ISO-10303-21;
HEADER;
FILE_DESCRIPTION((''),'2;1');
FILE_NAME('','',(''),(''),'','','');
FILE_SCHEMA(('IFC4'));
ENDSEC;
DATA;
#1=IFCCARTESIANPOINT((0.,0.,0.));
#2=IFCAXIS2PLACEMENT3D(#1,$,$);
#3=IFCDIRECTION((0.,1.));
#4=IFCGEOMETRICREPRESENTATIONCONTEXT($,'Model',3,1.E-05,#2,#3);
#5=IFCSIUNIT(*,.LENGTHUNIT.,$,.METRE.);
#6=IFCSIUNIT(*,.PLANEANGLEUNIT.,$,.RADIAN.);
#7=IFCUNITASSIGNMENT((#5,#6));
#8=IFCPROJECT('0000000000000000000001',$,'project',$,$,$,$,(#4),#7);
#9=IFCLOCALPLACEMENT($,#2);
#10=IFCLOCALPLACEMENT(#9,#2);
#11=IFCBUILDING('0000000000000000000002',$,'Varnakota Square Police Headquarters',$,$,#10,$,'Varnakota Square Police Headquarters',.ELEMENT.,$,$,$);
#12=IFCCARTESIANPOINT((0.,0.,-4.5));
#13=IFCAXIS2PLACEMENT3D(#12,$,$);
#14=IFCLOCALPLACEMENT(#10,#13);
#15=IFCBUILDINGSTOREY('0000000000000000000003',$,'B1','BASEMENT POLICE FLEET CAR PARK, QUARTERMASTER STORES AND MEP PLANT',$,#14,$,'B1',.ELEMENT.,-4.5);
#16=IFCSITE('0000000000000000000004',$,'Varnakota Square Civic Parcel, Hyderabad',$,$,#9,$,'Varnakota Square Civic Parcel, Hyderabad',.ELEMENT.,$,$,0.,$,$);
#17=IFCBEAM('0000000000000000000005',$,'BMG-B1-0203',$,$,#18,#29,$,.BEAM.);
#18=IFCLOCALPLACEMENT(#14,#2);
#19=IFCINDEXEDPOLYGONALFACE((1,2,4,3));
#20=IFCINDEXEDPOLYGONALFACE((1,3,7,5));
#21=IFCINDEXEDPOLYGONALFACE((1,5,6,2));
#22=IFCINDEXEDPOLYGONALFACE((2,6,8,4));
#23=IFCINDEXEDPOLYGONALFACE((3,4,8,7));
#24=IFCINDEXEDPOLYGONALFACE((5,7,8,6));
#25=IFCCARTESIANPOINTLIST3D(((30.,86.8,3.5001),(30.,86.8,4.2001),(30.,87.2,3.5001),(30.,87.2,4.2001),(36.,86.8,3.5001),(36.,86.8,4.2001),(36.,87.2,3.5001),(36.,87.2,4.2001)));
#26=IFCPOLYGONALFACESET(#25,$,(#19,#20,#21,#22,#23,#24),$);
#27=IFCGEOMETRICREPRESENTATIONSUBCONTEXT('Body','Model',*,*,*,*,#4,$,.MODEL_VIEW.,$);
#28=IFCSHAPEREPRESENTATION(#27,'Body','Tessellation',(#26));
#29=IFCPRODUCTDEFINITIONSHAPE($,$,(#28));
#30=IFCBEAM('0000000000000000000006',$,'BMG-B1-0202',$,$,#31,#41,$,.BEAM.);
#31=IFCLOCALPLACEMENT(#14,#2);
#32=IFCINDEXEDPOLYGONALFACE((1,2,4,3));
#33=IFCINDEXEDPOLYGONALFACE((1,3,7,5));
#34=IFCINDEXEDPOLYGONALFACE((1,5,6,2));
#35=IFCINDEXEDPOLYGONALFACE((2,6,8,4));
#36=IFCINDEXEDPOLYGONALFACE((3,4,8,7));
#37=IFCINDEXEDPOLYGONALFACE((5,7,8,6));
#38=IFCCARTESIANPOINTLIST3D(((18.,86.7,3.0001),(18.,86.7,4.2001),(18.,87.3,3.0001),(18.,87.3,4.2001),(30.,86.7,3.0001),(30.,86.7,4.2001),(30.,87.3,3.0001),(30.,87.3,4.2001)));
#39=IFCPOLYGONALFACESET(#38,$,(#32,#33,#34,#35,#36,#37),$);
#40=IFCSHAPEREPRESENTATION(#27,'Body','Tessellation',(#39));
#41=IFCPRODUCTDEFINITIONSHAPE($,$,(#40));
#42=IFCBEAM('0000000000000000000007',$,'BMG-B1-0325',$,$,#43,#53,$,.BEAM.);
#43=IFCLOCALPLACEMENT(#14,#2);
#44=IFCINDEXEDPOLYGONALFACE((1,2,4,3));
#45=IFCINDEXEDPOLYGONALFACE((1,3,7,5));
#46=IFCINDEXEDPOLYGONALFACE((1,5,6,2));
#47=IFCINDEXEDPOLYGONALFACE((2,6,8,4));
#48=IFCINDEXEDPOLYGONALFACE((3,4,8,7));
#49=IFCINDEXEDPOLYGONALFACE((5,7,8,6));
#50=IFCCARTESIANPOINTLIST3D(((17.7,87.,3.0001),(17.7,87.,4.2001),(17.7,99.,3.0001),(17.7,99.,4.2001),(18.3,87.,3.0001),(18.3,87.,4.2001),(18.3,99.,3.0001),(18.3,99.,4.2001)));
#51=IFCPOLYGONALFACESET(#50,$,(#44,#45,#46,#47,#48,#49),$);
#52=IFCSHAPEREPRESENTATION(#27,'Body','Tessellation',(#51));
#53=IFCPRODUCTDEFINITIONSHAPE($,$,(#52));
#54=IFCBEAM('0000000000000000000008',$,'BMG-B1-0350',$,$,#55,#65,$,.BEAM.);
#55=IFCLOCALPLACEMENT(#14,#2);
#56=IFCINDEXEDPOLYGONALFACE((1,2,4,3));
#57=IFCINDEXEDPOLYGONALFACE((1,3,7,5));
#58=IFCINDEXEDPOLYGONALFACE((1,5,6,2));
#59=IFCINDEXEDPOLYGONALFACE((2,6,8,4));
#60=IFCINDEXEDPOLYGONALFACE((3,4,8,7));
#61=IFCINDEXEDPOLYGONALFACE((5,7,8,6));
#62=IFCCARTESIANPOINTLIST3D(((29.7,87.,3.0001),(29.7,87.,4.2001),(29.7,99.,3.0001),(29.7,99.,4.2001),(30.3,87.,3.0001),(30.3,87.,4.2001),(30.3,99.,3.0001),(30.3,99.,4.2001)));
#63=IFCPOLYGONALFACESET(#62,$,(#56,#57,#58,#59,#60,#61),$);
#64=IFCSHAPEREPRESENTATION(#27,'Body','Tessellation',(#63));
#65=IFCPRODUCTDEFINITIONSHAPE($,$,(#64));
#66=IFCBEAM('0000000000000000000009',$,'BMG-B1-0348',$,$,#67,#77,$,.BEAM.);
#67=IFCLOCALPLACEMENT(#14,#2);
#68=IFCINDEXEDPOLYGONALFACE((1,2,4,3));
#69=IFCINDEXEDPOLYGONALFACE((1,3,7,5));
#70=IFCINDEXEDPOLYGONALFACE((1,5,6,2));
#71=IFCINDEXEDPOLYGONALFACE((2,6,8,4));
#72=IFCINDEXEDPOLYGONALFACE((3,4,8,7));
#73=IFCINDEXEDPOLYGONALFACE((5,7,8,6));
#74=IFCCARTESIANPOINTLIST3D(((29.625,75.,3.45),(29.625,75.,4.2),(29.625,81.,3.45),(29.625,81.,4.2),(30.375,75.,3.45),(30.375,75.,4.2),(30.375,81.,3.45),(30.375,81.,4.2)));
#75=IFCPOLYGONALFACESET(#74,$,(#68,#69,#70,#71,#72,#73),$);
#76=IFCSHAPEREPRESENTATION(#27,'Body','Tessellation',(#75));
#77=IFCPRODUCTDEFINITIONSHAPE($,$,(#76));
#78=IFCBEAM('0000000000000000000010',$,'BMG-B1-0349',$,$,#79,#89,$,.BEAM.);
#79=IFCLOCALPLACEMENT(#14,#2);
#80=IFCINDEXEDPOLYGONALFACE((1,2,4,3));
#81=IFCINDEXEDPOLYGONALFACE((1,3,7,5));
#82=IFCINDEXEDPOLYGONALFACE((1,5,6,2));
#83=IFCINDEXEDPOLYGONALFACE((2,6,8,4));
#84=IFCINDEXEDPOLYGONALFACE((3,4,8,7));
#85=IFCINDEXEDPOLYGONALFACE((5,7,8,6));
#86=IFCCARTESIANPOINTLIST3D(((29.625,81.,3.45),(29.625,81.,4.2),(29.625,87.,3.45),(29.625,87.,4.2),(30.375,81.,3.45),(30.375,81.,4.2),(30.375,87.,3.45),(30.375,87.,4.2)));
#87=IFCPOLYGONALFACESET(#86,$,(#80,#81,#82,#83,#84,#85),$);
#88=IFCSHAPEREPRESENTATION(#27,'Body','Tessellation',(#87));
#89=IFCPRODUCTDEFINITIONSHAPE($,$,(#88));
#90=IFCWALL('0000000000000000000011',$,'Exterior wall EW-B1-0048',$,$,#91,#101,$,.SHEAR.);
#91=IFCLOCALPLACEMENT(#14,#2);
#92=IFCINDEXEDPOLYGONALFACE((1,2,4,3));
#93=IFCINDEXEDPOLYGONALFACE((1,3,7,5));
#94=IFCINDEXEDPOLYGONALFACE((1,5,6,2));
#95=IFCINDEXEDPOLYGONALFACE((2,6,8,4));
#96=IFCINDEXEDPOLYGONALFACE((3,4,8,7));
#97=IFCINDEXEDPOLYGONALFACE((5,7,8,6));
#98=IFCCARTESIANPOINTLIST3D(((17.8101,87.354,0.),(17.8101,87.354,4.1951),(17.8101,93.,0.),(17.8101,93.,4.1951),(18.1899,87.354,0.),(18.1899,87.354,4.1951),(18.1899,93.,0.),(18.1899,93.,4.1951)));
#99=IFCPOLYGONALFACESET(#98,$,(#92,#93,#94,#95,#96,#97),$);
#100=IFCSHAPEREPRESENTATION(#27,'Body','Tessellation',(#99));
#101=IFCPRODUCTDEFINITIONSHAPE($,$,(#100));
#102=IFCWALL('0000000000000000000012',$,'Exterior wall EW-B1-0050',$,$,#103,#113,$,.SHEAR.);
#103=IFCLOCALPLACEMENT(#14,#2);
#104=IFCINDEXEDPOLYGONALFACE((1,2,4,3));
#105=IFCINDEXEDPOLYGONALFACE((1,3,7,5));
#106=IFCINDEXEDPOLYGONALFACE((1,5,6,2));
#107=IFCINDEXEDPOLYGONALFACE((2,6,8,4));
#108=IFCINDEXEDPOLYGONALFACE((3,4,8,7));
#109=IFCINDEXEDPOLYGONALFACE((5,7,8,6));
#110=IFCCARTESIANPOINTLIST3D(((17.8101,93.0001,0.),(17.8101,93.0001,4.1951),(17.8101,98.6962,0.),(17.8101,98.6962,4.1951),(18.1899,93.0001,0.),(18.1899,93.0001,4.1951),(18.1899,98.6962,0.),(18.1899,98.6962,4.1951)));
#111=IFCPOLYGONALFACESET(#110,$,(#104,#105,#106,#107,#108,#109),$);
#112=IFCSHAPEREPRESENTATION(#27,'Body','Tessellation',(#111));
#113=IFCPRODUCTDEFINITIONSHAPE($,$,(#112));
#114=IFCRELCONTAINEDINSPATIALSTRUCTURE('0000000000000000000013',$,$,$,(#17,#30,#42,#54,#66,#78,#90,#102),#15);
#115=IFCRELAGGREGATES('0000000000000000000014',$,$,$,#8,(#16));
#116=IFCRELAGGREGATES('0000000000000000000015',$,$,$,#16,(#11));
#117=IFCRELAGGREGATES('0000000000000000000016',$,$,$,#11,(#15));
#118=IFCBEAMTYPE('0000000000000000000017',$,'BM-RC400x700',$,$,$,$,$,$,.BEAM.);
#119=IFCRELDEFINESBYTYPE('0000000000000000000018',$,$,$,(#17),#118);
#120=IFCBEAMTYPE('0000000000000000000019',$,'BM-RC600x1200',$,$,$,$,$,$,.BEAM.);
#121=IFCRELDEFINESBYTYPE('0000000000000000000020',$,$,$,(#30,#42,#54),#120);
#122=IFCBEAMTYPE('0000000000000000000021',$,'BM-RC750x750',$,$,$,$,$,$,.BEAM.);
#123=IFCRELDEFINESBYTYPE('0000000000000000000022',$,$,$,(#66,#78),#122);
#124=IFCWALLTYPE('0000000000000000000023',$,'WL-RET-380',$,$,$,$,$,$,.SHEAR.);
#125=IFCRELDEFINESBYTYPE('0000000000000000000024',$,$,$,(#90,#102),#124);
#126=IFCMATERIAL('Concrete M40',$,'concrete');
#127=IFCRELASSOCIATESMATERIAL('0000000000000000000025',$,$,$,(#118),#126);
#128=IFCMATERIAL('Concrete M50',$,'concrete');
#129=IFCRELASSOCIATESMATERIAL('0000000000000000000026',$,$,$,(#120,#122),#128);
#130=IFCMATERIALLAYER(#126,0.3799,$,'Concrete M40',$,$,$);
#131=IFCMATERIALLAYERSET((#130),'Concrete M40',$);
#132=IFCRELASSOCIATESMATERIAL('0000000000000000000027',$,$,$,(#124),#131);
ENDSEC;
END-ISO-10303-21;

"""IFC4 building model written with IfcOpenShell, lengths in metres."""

from ifc_helpers import new_model, si_unit, direction, frame, frame_2d, origin, origin_2d, place, context, subcontext, project, spatial, rectangle, extrude, material, layer, layer_set, material_profile, profile_set, type_object, element, save


model = new_model("IFC4")

# Units and contexts
model_context = context("Model", 3, precision=1e-05, world=origin(), true_north=direction((0.0, 1.0)))
body_context = subcontext(model_context, "Body", "Model", "MODEL_VIEW")
ifc_project = project(units=[si_unit("LENGTHUNIT", "METRE"), si_unit("PLANEANGLEUNIT", "RADIAN")], contexts=[model_context])

# Site, building, storey
site_placement = place(None, origin())
site = spatial("IfcSite", under=ifc_project, at=site_placement, Name="Varnakota Square Civic Parcel, Hyderabad", LongName="Varnakota Square Civic Parcel, Hyderabad", CompositionType="ELEMENT", RefElevation=0.0)
building_placement = place(site_placement, origin())
building = spatial("IfcBuilding", under=site, at=building_placement, Name="Varnakota Square Police Headquarters", LongName="Varnakota Square Police Headquarters", CompositionType="ELEMENT")
storey_placement = place(building_placement, frame((0.0, 0.0, -4.5)))
storey = spatial("IfcBuildingStorey", under=building, at=storey_placement, Name="B1", Description="BASEMENT POLICE FLEET CAR PARK, QUARTERMASTER STORES AND MEP PLANT", LongName="B1", CompositionType="ELEMENT", Elevation=-4.5)

# Shared definitions
ifc_material_1 = material(Name="Concrete M40", Category="concrete")

# Beams
ifc_material_profile_1 = material_profile(ifc_material_1, rectangle(XDim=0.3999, YDim=0.7, at=origin_2d()), Name="RC 400x700")
ifc_profile_set_1 = profile_set([ifc_material_profile_1], Name="Concrete M40")
beam_type_1 = type_object("IfcBeamType", Name="BM-RC400x700", PredefinedType="BEAM", material=ifc_profile_set_1)
for number, where, z_axis, x_axis, name in (
    (1, (30.0, 87.0, 3.8501), (1.0, 0.0, 0.0), (0.0, 1.0, 0.0), "BMG-B1-0203"),
):
    element("IfcBeam", number, at=place(storey_placement, frame(where, z_axis=z_axis, x_axis=x_axis)), inside=storey, type_object=beam_type_1, Name=name, PredefinedType="BEAM", context=body_context, shape_type="SweptSolid", body=[
        extrude(rectangle(XDim=0.3999, YDim=0.7, at=origin_2d()), origin(), (0.0, 0.0, 1.0), 6.0),
    ])
ifc_material_2 = material(Name="Concrete M50", Category="concrete")
ifc_material_profile_2 = material_profile(ifc_material_2, rectangle(XDim=0.6001, YDim=1.2, at=origin_2d()), Name="RC 600x1200")
ifc_profile_set_2 = profile_set([ifc_material_profile_2], Name="Concrete M50")
beam_type_2 = type_object("IfcBeamType", Name="BM-RC600x1200", PredefinedType="BEAM", material=ifc_profile_set_2)
for number, where, z_axis, x_axis, name in (
    (2, (18.0, 87.0, 3.6001), (1.0, 0.0, 0.0), (0.0, 1.0, 0.0), "BMG-B1-0202"),
    (3, (18.0, 87.0, 3.6001), (0.0, 1.0, 0.0), (-1.0, 0.0, 0.0), "BMG-B1-0325"),
    (4, (30.0, 87.0, 3.6001), (0.0, 1.0, 0.0), (-1.0, 0.0, 0.0), "BMG-B1-0350"),
):
    element("IfcBeam", number, at=place(storey_placement, frame(where, z_axis=z_axis, x_axis=x_axis)), inside=storey, type_object=beam_type_2, Name=name, PredefinedType="BEAM", context=body_context, shape_type="SweptSolid", body=[
        extrude(rectangle(XDim=0.6001, YDim=1.2, at=origin_2d()), origin(), (0.0, 0.0, 1.0), 12.0),
    ])
ifc_material_profile_3 = material_profile(ifc_material_2, rectangle(XDim=0.75, YDim=0.75, at=origin_2d()), Name="RC 750x750")
ifc_profile_set_3 = profile_set([ifc_material_profile_3], Name="Concrete M50")
beam_type_3 = type_object("IfcBeamType", Name="BM-RC750x750", PredefinedType="BEAM", material=ifc_profile_set_3)
for number, where, z_axis, x_axis, name in (
    (5, (30.0, 75.0, 3.825), (0.0, 1.0, 0.0), (-1.0, 0.0, 0.0), "BMG-B1-0348"),
    (6, (30.0, 81.0, 3.825), (0.0, 1.0, 0.0), (-1.0, 0.0, 0.0), "BMG-B1-0349"),
):
    element("IfcBeam", number, at=place(storey_placement, frame(where, z_axis=z_axis, x_axis=x_axis)), inside=storey, type_object=beam_type_3, Name=name, PredefinedType="BEAM", context=body_context, shape_type="SweptSolid", body=[
        extrude(rectangle(XDim=0.75, YDim=0.75, at=origin_2d()), origin(), (0.0, 0.0, 1.0), 6.0),
    ])

# Walls
ifc_layer = layer(ifc_material_1, 0.3799, Name="Concrete M40")
ifc_layer_set = layer_set([ifc_layer], Name="Concrete M40")
wall_type = type_object("IfcWallType", Name="WL-RET-380", PredefinedType="SHEAR", material=ifc_layer_set)
wall_1_placement = place(storey_placement, frame((18.0, 87.354, 0.0), z_axis=(0.0, 0.0, 1.0), x_axis=(0.0, 1.0, 0.0)))
element("IfcWall", 7, at=wall_1_placement, inside=storey, type_object=wall_type, Name="Exterior wall EW-B1-0048", PredefinedType="SHEAR", context=body_context, shape_type="SweptSolid", body=[
    extrude(rectangle(XDim=5.646, YDim=0.3799, at=frame_2d((2.823, 0.0))), origin(), (0.0, 0.0, 1.0), 4.1951),
])
wall_2_placement = place(storey_placement, frame((18.0, 93.0, 0.0), z_axis=(0.0, 0.0, 1.0), x_axis=(0.0, 1.0, 0.0)))
element("IfcWall", 8, at=wall_2_placement, inside=storey, type_object=wall_type, Name="Exterior wall EW-B1-0050", PredefinedType="SHEAR", context=body_context, shape_type="SweptSolid", body=[
    extrude(rectangle(XDim=5.696, YDim=0.3799, at=frame_2d((2.8481, 0.0))), origin(), (0.0, 0.0, 1.0), 4.1951),
])

save(model, "model.ifc")
